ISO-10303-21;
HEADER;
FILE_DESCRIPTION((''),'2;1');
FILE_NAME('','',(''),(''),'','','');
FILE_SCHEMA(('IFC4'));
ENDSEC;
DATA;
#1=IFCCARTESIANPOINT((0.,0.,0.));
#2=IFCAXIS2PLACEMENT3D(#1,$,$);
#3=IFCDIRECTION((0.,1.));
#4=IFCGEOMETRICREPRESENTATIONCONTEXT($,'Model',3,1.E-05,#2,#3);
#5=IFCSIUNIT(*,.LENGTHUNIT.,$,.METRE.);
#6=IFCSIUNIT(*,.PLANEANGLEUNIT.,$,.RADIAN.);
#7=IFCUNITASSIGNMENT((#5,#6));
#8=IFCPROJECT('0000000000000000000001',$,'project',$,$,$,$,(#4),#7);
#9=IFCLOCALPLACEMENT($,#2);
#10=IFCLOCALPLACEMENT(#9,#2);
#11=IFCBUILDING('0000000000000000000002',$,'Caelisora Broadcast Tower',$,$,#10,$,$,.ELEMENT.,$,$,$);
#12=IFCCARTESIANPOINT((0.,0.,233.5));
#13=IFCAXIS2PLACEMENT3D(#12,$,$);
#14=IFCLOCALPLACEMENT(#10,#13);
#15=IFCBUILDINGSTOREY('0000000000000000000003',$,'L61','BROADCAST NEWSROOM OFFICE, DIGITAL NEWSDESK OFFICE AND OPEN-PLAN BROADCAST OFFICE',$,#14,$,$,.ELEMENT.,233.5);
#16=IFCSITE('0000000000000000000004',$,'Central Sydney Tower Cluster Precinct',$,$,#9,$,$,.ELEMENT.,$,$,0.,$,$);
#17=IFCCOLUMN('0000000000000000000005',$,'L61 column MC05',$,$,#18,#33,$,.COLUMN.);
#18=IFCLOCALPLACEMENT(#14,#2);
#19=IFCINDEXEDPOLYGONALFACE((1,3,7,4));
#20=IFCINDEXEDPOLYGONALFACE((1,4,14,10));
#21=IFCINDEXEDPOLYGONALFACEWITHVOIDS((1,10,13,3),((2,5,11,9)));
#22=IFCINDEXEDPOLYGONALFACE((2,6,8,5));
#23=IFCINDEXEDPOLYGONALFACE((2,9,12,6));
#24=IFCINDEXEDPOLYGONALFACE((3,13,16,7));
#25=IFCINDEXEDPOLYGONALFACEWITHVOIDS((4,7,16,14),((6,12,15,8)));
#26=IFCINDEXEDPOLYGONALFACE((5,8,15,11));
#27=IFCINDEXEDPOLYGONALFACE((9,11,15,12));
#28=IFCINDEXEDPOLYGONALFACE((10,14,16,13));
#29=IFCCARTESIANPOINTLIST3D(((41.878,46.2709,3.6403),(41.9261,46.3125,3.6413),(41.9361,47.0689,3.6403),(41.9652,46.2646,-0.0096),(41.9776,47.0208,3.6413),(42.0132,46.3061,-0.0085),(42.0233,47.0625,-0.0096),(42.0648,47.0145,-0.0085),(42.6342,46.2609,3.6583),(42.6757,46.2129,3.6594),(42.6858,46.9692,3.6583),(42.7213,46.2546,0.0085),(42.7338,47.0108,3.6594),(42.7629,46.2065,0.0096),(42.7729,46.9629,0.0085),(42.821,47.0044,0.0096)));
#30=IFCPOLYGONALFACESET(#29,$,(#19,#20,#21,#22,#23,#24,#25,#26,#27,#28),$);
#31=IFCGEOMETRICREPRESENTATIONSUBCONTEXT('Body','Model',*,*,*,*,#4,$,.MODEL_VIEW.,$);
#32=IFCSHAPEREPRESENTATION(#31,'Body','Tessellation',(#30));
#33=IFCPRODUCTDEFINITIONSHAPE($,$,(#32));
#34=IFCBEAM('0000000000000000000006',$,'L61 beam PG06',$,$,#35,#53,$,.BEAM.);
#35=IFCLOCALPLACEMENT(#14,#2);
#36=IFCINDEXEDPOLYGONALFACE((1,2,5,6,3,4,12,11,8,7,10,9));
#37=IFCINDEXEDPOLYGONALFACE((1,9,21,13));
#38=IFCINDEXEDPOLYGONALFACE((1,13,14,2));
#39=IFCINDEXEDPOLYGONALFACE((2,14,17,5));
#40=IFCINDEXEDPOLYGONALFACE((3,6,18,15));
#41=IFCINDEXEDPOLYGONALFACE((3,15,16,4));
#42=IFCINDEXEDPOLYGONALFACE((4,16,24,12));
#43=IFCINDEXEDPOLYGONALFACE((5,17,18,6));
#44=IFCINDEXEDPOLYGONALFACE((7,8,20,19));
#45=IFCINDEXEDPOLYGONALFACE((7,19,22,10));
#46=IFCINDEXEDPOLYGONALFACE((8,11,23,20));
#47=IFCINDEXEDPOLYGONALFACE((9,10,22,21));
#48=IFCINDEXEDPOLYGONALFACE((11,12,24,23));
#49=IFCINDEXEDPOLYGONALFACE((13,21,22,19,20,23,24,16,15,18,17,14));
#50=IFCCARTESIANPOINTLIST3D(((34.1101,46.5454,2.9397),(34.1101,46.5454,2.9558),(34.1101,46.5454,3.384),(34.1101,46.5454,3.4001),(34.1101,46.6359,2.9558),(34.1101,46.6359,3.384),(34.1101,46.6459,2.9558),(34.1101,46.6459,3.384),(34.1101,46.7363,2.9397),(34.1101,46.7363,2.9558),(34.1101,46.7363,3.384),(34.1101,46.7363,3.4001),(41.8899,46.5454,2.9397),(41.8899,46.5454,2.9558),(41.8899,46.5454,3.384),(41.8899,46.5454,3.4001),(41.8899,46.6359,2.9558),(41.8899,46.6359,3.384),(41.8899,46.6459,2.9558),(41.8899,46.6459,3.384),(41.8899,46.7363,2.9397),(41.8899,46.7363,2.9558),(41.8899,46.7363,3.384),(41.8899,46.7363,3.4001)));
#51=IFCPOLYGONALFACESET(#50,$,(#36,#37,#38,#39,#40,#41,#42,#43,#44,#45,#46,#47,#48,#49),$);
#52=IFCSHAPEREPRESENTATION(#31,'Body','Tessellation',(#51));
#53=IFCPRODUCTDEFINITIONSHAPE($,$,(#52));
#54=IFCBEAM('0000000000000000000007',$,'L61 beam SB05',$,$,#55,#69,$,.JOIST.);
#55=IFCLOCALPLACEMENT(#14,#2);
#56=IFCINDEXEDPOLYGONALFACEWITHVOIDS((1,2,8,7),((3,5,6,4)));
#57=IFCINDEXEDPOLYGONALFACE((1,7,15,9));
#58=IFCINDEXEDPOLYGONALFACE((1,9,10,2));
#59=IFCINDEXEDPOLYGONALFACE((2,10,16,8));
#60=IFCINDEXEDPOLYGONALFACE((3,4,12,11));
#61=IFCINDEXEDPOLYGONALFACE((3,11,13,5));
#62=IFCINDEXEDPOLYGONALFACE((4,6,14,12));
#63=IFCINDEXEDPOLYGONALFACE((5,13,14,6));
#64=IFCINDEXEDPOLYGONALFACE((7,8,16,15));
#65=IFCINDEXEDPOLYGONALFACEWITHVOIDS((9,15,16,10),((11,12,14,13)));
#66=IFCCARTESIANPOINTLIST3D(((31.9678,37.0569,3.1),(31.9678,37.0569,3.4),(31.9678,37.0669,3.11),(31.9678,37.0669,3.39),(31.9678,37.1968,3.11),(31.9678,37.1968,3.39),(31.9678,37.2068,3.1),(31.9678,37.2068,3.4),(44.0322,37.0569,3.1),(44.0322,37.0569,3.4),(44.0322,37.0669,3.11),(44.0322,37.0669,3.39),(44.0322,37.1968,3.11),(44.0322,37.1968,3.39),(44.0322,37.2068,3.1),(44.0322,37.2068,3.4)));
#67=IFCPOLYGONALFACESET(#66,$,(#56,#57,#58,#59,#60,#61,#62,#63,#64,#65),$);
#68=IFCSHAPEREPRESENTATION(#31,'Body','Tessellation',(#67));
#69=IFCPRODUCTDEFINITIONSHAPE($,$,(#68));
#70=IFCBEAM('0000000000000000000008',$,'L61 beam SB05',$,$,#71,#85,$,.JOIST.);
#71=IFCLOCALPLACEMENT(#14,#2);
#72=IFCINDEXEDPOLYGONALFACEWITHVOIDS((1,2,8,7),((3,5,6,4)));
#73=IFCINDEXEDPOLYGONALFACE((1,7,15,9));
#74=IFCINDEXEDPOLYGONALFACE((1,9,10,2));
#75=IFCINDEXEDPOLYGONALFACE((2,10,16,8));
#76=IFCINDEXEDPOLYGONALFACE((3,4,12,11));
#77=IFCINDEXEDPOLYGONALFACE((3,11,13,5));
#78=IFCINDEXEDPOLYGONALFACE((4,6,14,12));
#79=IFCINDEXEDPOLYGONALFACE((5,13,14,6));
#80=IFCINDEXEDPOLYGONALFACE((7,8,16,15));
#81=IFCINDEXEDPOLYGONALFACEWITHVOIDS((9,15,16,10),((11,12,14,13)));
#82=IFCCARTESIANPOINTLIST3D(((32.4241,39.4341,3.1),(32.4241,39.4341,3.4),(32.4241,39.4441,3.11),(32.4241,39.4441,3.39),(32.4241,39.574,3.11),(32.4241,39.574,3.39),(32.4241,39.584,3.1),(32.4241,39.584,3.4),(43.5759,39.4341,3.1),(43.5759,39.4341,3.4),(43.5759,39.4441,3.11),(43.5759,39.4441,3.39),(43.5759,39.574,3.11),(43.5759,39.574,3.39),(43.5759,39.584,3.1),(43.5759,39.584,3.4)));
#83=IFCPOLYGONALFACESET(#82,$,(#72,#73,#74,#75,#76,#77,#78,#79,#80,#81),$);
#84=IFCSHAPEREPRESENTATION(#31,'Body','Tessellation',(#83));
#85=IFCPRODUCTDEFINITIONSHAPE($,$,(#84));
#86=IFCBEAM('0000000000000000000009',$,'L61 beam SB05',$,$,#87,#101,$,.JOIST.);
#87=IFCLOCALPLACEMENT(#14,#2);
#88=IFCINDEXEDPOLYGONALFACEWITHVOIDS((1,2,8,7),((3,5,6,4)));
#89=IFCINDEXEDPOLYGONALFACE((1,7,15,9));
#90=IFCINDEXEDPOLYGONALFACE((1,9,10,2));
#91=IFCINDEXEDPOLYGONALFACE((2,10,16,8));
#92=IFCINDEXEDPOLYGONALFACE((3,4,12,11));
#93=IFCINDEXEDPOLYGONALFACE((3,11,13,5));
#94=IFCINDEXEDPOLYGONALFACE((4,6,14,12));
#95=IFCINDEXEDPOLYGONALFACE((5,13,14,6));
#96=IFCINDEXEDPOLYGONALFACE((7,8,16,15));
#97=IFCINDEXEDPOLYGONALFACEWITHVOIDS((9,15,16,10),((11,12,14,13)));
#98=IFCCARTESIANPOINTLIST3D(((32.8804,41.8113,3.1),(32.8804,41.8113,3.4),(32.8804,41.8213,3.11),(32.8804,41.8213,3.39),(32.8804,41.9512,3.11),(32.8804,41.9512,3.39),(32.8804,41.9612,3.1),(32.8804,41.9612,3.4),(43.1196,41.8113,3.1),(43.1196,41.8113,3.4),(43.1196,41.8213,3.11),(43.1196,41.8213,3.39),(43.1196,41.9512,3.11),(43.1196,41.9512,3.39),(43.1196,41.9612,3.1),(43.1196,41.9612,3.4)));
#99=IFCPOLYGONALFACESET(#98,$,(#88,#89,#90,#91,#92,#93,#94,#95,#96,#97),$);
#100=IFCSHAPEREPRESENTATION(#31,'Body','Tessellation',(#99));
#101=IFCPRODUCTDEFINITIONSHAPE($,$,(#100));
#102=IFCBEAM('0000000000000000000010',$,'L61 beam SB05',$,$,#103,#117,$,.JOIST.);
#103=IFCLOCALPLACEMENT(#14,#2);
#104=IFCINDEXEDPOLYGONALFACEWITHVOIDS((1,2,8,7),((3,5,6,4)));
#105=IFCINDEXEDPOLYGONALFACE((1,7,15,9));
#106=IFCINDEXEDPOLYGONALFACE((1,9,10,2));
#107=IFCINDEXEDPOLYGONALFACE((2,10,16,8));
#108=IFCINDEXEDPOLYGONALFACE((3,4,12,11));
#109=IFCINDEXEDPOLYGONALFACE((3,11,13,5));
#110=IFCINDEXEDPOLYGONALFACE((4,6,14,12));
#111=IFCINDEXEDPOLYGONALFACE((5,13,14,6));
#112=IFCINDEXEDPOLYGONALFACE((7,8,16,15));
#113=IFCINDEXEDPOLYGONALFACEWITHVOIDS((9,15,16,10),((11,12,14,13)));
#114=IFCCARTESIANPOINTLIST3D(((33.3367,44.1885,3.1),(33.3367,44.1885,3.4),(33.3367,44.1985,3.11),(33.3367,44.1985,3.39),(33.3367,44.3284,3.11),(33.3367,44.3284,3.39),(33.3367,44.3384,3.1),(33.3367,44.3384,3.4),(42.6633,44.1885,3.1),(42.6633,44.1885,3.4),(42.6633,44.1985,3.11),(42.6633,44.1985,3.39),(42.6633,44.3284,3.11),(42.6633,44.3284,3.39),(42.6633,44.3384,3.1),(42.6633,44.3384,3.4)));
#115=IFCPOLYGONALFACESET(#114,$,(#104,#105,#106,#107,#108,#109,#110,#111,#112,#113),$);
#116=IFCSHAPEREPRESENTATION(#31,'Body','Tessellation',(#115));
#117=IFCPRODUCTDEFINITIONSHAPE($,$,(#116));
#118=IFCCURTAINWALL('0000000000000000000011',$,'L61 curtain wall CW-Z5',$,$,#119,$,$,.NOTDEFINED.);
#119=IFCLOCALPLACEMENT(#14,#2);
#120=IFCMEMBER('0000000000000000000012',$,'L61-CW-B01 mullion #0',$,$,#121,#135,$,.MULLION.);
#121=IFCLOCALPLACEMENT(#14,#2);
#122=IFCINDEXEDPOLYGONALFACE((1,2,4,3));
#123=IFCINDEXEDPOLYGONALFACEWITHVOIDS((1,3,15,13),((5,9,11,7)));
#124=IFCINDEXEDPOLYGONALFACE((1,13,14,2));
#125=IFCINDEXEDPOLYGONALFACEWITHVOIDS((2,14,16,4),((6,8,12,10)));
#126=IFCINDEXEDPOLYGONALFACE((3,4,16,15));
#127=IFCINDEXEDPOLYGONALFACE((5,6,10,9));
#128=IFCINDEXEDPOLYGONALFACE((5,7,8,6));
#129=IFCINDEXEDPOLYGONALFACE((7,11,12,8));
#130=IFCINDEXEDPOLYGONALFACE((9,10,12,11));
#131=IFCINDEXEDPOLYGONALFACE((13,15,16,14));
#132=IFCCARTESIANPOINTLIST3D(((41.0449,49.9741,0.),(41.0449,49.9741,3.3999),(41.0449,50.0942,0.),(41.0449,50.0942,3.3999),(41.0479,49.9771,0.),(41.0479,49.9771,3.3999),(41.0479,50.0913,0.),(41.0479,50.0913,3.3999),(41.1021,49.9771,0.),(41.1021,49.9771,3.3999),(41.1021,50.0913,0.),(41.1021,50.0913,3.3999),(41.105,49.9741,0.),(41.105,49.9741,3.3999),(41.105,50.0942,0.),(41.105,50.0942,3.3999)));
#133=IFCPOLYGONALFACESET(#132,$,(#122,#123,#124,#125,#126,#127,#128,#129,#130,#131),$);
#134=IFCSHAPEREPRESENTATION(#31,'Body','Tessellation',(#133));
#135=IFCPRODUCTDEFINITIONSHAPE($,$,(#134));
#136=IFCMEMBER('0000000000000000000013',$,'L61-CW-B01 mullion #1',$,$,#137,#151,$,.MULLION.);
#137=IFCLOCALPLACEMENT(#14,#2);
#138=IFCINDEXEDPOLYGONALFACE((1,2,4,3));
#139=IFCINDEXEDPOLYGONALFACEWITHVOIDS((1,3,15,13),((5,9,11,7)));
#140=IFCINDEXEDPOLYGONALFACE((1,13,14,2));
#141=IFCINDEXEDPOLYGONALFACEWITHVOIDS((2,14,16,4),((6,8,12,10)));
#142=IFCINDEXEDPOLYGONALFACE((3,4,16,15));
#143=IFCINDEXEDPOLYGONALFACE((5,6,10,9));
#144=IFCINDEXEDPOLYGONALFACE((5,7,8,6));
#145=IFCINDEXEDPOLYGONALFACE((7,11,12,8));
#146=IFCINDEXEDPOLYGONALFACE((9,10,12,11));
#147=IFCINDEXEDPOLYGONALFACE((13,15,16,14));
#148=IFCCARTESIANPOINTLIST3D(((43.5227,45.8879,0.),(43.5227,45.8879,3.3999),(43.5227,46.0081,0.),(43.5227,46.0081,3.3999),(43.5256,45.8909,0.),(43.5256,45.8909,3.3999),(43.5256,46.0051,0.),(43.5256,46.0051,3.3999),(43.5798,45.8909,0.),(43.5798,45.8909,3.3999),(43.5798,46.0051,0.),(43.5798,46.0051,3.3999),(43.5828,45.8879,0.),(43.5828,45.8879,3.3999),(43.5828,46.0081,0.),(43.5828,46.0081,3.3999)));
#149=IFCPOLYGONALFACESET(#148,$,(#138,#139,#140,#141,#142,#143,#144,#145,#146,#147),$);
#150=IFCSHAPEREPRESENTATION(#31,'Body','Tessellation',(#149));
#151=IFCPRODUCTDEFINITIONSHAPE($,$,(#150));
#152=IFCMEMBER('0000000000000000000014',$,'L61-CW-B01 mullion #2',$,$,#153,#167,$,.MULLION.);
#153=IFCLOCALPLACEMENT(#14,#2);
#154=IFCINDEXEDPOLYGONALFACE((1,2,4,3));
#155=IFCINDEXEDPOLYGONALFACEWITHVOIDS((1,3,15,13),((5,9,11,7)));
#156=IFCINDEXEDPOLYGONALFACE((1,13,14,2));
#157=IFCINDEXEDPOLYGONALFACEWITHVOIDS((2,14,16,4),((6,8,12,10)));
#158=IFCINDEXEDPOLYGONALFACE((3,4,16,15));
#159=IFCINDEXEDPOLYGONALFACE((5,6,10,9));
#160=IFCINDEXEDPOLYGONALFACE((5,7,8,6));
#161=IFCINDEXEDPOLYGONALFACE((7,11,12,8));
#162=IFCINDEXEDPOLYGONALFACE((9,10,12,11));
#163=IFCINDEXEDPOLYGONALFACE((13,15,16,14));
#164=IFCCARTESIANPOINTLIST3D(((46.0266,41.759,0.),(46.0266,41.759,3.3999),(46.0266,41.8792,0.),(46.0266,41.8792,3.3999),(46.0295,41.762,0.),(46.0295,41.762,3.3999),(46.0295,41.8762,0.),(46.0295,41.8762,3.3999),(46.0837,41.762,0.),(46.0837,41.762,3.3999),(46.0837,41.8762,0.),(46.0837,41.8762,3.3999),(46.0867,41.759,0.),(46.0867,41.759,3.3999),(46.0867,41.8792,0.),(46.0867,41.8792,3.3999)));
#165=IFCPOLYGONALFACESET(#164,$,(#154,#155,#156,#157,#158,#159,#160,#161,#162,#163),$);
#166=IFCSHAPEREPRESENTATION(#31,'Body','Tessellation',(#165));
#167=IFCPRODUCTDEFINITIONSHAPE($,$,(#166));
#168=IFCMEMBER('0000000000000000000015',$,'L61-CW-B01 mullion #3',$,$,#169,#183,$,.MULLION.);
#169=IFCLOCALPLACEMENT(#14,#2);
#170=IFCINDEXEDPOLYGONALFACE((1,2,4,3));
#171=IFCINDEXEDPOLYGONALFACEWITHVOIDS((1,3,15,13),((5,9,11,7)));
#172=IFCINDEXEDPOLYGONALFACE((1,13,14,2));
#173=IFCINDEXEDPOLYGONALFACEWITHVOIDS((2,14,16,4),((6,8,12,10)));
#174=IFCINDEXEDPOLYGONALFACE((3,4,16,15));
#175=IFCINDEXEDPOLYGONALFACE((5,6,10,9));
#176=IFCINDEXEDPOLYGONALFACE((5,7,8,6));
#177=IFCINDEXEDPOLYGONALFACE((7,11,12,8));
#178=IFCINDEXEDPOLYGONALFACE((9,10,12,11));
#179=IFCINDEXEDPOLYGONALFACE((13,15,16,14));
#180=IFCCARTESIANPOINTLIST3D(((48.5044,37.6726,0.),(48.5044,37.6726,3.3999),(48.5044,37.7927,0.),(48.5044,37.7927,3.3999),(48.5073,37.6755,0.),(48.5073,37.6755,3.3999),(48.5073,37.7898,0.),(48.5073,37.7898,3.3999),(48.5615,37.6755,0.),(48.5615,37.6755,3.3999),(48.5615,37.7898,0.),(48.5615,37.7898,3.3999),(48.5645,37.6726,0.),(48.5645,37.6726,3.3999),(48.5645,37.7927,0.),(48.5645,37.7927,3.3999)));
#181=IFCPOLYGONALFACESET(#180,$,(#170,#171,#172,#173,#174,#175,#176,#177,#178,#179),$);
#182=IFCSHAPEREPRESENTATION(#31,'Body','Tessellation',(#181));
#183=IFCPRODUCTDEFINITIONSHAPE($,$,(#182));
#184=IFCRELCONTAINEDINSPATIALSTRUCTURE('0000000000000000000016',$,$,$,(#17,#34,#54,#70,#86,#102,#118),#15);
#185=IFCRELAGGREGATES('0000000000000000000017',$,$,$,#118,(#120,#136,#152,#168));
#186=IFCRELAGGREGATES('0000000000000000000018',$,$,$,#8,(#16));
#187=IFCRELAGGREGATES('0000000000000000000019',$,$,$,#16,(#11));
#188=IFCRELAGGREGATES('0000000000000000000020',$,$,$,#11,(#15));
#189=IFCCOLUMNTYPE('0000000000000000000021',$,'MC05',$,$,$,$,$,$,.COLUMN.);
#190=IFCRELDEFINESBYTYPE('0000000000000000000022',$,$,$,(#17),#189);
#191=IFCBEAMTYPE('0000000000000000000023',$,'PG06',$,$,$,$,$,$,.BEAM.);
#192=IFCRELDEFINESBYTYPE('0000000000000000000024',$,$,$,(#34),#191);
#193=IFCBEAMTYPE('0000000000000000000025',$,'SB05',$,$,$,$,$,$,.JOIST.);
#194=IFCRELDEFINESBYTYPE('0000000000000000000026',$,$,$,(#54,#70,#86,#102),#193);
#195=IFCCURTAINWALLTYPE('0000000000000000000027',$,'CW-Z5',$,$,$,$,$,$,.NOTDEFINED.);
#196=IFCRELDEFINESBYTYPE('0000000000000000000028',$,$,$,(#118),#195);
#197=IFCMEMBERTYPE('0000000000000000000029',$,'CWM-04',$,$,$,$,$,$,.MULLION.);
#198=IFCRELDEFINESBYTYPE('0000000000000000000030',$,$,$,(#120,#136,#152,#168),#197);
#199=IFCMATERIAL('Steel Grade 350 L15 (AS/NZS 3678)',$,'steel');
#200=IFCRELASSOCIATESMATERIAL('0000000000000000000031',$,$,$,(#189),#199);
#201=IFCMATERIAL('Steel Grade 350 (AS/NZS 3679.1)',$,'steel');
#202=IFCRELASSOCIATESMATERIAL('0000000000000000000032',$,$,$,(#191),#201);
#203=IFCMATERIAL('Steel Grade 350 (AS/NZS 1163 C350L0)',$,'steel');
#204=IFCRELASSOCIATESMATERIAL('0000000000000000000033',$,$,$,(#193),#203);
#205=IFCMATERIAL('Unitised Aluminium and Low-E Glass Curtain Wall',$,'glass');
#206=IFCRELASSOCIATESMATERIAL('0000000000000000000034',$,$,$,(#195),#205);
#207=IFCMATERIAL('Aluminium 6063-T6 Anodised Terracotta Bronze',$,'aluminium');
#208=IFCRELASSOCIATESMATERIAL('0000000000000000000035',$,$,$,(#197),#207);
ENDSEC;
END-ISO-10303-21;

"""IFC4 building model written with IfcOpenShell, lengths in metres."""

from ifc_helpers import new_model, si_unit, direction, frame, origin, origin_2d, place, context, subcontext, project, spatial, hollow_rectangle, i_section, extrude, source, transform, mapped, material, material_profile, profile_set, type_object, type_shapes, element, aggregate, save


model = new_model("IFC4")

# Units and contexts
model_context = context("Model", 3, precision=1e-05, world=origin(), true_north=direction((0.0, 1.0)))
body_context = subcontext(model_context, "Body", "Model", "MODEL_VIEW")
ifc_project = project(units=[si_unit("LENGTHUNIT", "METRE"), si_unit("PLANEANGLEUNIT", "RADIAN")], contexts=[model_context])

# Site, building, storey
site_placement = place(None, origin())
site = spatial("IfcSite", under=ifc_project, at=site_placement, Name="Central Sydney Tower Cluster Precinct", CompositionType="ELEMENT", RefElevation=0.0)
building_placement = place(site_placement, origin())
building = spatial("IfcBuilding", under=site, at=building_placement, Name="Caelisora Broadcast Tower", CompositionType="ELEMENT")
storey_placement = place(building_placement, frame((0.0, 0.0, 233.5)))
storey = spatial("IfcBuildingStorey", under=building, at=storey_placement, Name="L61", Description="BROADCAST NEWSROOM OFFICE, DIGITAL NEWSDESK OFFICE AND OPEN-PLAN BROADCAST OFFICE", CompositionType="ELEMENT", Elevation=233.5)

# Column
ifc_material_1 = material(Name="Steel Grade 350 L15 (AS/NZS 3678)", Category="steel")
ifc_material_profile_1 = material_profile(ifc_material_1, hollow_rectangle(XDim=0.8, YDim=0.8, WallThickness=0.0449, at=origin_2d()), Name="Steel Grade 350 L15 (AS/NZS 3678)")
ifc_profile_set_1 = profile_set([ifc_material_profile_1], Name="Steel Grade 350 L15 (AS/NZS 3678)")
column_type = type_object("IfcColumnType", Name="MC05", PredefinedType="COLUMN", material=ifc_profile_set_1)
shared_shape_1 = source(origin(), body_context, "Body", "SweptSolid", [
    extrude(hollow_rectangle(XDim=0.8, YDim=0.8, WallThickness=0.0449, at=origin_2d()), origin(), (0.0, 0.0, 1.0), 3.6509),
])
type_shapes(column_type, [shared_shape_1])
column_placement = place(storey_placement, frame((42.3931, 46.6345, 0.0), z_axis=(-0.023873, 0.001739, 0.999713), x_axis=(-0.072637, -0.997358, 0.0)))
element("IfcColumn", 1, at=column_placement, inside=storey, type_object=column_type, Name="L61 column MC05", PredefinedType="COLUMN", context=body_context, shape_type="MappedRepresentation", body=[
    mapped(shared_shape_1, transform((0.0, 0.0, 0.0), scale=1.0)),
])

# Beams
ifc_material_2 = material(Name="Steel Grade 350 (AS/NZS 3679.1)", Category="steel")
ifc_material_profile_2 = material_profile(ifc_material_2, i_section(OverallWidth=0.1909, OverallDepth=0.4604, WebThickness=0.01, FlangeThickness=0.0161, at=origin_2d()), Name="Steel Grade 350 (AS/NZS 3679.1)")
ifc_profile_set_2 = profile_set([ifc_material_profile_2], Name="Steel Grade 350 (AS/NZS 3679.1)")
beam_type_1 = type_object("IfcBeamType", Name="PG06", PredefinedType="BEAM", material=ifc_profile_set_2)
shared_shape_2 = source(origin(), body_context, "Body", "SweptSolid", [
    extrude(i_section(OverallWidth=0.1909, OverallDepth=0.4604, WebThickness=0.01, FlangeThickness=0.0161, at=origin_2d()), origin(), (0.0, 0.0, 1.0), 7.7798),
])
type_shapes(beam_type_1, [shared_shape_2])
beam_1_placement = place(storey_placement, frame((41.8899, 46.6409, 3.1699), z_axis=(-1.0, 0.0, 0.0), x_axis=(0.0, -1.0, 0.0)))
element("IfcBeam", 2, at=beam_1_placement, inside=storey, type_object=beam_type_1, Name="L61 beam PG06", PredefinedType="BEAM", context=body_context, shape_type="MappedRepresentation", body=[
    mapped(shared_shape_2, transform((0.0, 0.0, 0.0), scale=1.0)),
])
ifc_material_3 = material(Name="Steel Grade 350 (AS/NZS 1163 C350L0)", Category="steel")
ifc_material_profile_3 = material_profile(ifc_material_3, hollow_rectangle(XDim=0.1499, YDim=0.3, WallThickness=0.01, at=origin_2d()), Name="Steel Grade 350 (AS/NZS 1163 C350L0)")
ifc_profile_set_3 = profile_set([ifc_material_profile_3], Name="Steel Grade 350 (AS/NZS 1163 C350L0)")
beam_type_2 = type_object("IfcBeamType", Name="SB05", PredefinedType="JOIST", material=ifc_profile_set_3)
shared_shape_3 = source(origin(), body_context, "Body", "SweptSolid", [
    extrude(hollow_rectangle(XDim=0.1499, YDim=0.3, WallThickness=0.01, at=origin_2d()), origin(), (0.0, 0.0, 1.0), 12.0645),
])
beam_2_placement = place(storey_placement, frame((44.0322, 37.1318, 3.25), z_axis=(-1.0, 0.0, 0.0), x_axis=(0.0, -1.0, 0.0)))
element("IfcBeam", 3, at=beam_2_placement, inside=storey, type_object=beam_type_2, Name="L61 beam SB05", PredefinedType="JOIST", context=body_context, shape_type="MappedRepresentation", body=[
    mapped(shared_shape_3, transform((0.0, 0.0, 0.0), scale=1.0)),
])
shared_shape_4 = source(origin(), body_context, "Body", "SweptSolid", [
    extrude(hollow_rectangle(XDim=0.1499, YDim=0.3, WallThickness=0.01, at=origin_2d()), origin(), (0.0, 0.0, 1.0), 11.1519),
])
beam_3_placement = place(storey_placement, frame((43.5759, 39.509, 3.25), z_axis=(-1.0, 0.0, 0.0), x_axis=(0.0, -1.0, 0.0)))
element("IfcBeam", 4, at=beam_3_placement, inside=storey, type_object=beam_type_2, Name="L61 beam SB05", PredefinedType="JOIST", context=body_context, shape_type="MappedRepresentation", body=[
    mapped(shared_shape_4, transform((0.0, 0.0, 0.0), scale=1.0)),
])
shared_shape_5 = source(origin(), body_context, "Body", "SweptSolid", [
    extrude(hollow_rectangle(XDim=0.1499, YDim=0.3, WallThickness=0.01, at=origin_2d()), origin(), (0.0, 0.0, 1.0), 10.2393),
])
beam_4_placement = place(storey_placement, frame((43.1196, 41.8862, 3.25), z_axis=(-1.0, 0.0, 0.0), x_axis=(0.0, -1.0, 0.0)))
element("IfcBeam", 5, at=beam_4_placement, inside=storey, type_object=beam_type_2, Name="L61 beam SB05", PredefinedType="JOIST", context=body_context, shape_type="MappedRepresentation", body=[
    mapped(shared_shape_5, transform((0.0, 0.0, 0.0), scale=1.0)),
])
shared_shape_6 = source(origin(), body_context, "Body", "SweptSolid", [
    extrude(hollow_rectangle(XDim=0.1499, YDim=0.3, WallThickness=0.01, at=origin_2d()), origin(), (0.0, 0.0, 1.0), 9.3267),
])
type_shapes(beam_type_2, [shared_shape_3, shared_shape_4, shared_shape_5, shared_shape_6])
beam_5_placement = place(storey_placement, frame((42.6633, 44.2634, 3.25), z_axis=(-1.0, 0.0, 0.0), x_axis=(0.0, -1.0, 0.0)))
element("IfcBeam", 6, at=beam_5_placement, inside=storey, type_object=beam_type_2, Name="L61 beam SB05", PredefinedType="JOIST", context=body_context, shape_type="MappedRepresentation", body=[
    mapped(shared_shape_6, transform((0.0, 0.0, 0.0), scale=1.0)),
])

# Curtain wall, members
ifc_material_4 = material(Name="Unitised Aluminium and Low-E Glass Curtain Wall", Category="glass")
curtain_wall_type_1 = type_object("IfcCurtainWallType", Name="CW-Z5", PredefinedType="NOTDEFINED", material=ifc_material_4)
curtain_wall_1_placement = place(storey_placement, origin())
curtain_wall_1 = element("IfcCurtainWall", 7, at=curtain_wall_1_placement, inside=storey, type_object=curtain_wall_type_1, Name="L61 curtain wall CW-Z5", PredefinedType="NOTDEFINED")
ifc_material_5 = material(Name="Aluminium 6063-T6 Anodised Terracotta Bronze", Category="aluminium")
ifc_material_profile_4 = material_profile(ifc_material_5, hollow_rectangle(XDim=0.0601, YDim=0.1201, WallThickness=0.0029, at=origin_2d()), Name="Aluminium 6063-T6 Anodised Terracotta Bronze")
ifc_profile_set_4 = profile_set([ifc_material_profile_4], Name="Aluminium 6063-T6 Anodised Terracotta Bronze")
member_type_1 = type_object("IfcMemberType", Name="CWM-04", PredefinedType="MULLION", material=ifc_profile_set_4)
shared_shape_7 = source(origin(), body_context, "Body", "SweptSolid", [
    extrude(hollow_rectangle(XDim=0.0601, YDim=0.1201, WallThickness=0.0029, at=origin_2d()), origin(), (0.0, 0.0, 1.0), 3.3999),
])
type_shapes(member_type_1, [shared_shape_7])
member_1_placement = place(storey_placement, frame((41.075, 50.0342, 0.0), z_axis=(0.0, 0.0, 1.0), x_axis=(1.0, 0.0, 0.0)))
member_1 = element("IfcMember", 8, at=member_1_placement, type_object=member_type_1, Name="L61-CW-B01 mullion #0", PredefinedType="MULLION", context=body_context, shape_type="MappedRepresentation", body=[
    mapped(shared_shape_7, transform((0.0, 0.0, 0.0), scale=1.0)),
])
member_2_placement = place(storey_placement, frame((43.5527, 45.948, 0.0), z_axis=(0.0, 0.0, 1.0), x_axis=(1.0, 0.0, 0.0)))
member_2 = element("IfcMember", 9, at=member_2_placement, type_object=member_type_1, Name="L61-CW-B01 mullion #1", PredefinedType="MULLION", context=body_context, shape_type="MappedRepresentation", body=[
    mapped(shared_shape_7, transform((0.0, 0.0, 0.0), scale=1.0)),
])
member_3_placement = place(storey_placement, frame((46.0566, 41.8191, 0.0), z_axis=(0.0, 0.0, 1.0), x_axis=(1.0, 0.0, 0.0)))
member_3 = element("IfcMember", 10, at=member_3_placement, type_object=member_type_1, Name="L61-CW-B01 mullion #2", PredefinedType="MULLION", context=body_context, shape_type="MappedRepresentation", body=[
    mapped(shared_shape_7, transform((0.0, 0.0, 0.0), scale=1.0)),
])
member_4_placement = place(storey_placement, frame((48.5344, 37.7327, 0.0), z_axis=(0.0, 0.0, 1.0), x_axis=(1.0, 0.0, 0.0)))
member_4 = element("IfcMember", 11, at=member_4_placement, type_object=member_type_1, Name="L61-CW-B01 mullion #3", PredefinedType="MULLION", context=body_context, shape_type="MappedRepresentation", body=[
    mapped(shared_shape_7, transform((0.0, 0.0, 0.0), scale=1.0)),
])

aggregate(curtain_wall_1, [member_1, member_2, member_3, member_4])

save(model, "model.ifc")
